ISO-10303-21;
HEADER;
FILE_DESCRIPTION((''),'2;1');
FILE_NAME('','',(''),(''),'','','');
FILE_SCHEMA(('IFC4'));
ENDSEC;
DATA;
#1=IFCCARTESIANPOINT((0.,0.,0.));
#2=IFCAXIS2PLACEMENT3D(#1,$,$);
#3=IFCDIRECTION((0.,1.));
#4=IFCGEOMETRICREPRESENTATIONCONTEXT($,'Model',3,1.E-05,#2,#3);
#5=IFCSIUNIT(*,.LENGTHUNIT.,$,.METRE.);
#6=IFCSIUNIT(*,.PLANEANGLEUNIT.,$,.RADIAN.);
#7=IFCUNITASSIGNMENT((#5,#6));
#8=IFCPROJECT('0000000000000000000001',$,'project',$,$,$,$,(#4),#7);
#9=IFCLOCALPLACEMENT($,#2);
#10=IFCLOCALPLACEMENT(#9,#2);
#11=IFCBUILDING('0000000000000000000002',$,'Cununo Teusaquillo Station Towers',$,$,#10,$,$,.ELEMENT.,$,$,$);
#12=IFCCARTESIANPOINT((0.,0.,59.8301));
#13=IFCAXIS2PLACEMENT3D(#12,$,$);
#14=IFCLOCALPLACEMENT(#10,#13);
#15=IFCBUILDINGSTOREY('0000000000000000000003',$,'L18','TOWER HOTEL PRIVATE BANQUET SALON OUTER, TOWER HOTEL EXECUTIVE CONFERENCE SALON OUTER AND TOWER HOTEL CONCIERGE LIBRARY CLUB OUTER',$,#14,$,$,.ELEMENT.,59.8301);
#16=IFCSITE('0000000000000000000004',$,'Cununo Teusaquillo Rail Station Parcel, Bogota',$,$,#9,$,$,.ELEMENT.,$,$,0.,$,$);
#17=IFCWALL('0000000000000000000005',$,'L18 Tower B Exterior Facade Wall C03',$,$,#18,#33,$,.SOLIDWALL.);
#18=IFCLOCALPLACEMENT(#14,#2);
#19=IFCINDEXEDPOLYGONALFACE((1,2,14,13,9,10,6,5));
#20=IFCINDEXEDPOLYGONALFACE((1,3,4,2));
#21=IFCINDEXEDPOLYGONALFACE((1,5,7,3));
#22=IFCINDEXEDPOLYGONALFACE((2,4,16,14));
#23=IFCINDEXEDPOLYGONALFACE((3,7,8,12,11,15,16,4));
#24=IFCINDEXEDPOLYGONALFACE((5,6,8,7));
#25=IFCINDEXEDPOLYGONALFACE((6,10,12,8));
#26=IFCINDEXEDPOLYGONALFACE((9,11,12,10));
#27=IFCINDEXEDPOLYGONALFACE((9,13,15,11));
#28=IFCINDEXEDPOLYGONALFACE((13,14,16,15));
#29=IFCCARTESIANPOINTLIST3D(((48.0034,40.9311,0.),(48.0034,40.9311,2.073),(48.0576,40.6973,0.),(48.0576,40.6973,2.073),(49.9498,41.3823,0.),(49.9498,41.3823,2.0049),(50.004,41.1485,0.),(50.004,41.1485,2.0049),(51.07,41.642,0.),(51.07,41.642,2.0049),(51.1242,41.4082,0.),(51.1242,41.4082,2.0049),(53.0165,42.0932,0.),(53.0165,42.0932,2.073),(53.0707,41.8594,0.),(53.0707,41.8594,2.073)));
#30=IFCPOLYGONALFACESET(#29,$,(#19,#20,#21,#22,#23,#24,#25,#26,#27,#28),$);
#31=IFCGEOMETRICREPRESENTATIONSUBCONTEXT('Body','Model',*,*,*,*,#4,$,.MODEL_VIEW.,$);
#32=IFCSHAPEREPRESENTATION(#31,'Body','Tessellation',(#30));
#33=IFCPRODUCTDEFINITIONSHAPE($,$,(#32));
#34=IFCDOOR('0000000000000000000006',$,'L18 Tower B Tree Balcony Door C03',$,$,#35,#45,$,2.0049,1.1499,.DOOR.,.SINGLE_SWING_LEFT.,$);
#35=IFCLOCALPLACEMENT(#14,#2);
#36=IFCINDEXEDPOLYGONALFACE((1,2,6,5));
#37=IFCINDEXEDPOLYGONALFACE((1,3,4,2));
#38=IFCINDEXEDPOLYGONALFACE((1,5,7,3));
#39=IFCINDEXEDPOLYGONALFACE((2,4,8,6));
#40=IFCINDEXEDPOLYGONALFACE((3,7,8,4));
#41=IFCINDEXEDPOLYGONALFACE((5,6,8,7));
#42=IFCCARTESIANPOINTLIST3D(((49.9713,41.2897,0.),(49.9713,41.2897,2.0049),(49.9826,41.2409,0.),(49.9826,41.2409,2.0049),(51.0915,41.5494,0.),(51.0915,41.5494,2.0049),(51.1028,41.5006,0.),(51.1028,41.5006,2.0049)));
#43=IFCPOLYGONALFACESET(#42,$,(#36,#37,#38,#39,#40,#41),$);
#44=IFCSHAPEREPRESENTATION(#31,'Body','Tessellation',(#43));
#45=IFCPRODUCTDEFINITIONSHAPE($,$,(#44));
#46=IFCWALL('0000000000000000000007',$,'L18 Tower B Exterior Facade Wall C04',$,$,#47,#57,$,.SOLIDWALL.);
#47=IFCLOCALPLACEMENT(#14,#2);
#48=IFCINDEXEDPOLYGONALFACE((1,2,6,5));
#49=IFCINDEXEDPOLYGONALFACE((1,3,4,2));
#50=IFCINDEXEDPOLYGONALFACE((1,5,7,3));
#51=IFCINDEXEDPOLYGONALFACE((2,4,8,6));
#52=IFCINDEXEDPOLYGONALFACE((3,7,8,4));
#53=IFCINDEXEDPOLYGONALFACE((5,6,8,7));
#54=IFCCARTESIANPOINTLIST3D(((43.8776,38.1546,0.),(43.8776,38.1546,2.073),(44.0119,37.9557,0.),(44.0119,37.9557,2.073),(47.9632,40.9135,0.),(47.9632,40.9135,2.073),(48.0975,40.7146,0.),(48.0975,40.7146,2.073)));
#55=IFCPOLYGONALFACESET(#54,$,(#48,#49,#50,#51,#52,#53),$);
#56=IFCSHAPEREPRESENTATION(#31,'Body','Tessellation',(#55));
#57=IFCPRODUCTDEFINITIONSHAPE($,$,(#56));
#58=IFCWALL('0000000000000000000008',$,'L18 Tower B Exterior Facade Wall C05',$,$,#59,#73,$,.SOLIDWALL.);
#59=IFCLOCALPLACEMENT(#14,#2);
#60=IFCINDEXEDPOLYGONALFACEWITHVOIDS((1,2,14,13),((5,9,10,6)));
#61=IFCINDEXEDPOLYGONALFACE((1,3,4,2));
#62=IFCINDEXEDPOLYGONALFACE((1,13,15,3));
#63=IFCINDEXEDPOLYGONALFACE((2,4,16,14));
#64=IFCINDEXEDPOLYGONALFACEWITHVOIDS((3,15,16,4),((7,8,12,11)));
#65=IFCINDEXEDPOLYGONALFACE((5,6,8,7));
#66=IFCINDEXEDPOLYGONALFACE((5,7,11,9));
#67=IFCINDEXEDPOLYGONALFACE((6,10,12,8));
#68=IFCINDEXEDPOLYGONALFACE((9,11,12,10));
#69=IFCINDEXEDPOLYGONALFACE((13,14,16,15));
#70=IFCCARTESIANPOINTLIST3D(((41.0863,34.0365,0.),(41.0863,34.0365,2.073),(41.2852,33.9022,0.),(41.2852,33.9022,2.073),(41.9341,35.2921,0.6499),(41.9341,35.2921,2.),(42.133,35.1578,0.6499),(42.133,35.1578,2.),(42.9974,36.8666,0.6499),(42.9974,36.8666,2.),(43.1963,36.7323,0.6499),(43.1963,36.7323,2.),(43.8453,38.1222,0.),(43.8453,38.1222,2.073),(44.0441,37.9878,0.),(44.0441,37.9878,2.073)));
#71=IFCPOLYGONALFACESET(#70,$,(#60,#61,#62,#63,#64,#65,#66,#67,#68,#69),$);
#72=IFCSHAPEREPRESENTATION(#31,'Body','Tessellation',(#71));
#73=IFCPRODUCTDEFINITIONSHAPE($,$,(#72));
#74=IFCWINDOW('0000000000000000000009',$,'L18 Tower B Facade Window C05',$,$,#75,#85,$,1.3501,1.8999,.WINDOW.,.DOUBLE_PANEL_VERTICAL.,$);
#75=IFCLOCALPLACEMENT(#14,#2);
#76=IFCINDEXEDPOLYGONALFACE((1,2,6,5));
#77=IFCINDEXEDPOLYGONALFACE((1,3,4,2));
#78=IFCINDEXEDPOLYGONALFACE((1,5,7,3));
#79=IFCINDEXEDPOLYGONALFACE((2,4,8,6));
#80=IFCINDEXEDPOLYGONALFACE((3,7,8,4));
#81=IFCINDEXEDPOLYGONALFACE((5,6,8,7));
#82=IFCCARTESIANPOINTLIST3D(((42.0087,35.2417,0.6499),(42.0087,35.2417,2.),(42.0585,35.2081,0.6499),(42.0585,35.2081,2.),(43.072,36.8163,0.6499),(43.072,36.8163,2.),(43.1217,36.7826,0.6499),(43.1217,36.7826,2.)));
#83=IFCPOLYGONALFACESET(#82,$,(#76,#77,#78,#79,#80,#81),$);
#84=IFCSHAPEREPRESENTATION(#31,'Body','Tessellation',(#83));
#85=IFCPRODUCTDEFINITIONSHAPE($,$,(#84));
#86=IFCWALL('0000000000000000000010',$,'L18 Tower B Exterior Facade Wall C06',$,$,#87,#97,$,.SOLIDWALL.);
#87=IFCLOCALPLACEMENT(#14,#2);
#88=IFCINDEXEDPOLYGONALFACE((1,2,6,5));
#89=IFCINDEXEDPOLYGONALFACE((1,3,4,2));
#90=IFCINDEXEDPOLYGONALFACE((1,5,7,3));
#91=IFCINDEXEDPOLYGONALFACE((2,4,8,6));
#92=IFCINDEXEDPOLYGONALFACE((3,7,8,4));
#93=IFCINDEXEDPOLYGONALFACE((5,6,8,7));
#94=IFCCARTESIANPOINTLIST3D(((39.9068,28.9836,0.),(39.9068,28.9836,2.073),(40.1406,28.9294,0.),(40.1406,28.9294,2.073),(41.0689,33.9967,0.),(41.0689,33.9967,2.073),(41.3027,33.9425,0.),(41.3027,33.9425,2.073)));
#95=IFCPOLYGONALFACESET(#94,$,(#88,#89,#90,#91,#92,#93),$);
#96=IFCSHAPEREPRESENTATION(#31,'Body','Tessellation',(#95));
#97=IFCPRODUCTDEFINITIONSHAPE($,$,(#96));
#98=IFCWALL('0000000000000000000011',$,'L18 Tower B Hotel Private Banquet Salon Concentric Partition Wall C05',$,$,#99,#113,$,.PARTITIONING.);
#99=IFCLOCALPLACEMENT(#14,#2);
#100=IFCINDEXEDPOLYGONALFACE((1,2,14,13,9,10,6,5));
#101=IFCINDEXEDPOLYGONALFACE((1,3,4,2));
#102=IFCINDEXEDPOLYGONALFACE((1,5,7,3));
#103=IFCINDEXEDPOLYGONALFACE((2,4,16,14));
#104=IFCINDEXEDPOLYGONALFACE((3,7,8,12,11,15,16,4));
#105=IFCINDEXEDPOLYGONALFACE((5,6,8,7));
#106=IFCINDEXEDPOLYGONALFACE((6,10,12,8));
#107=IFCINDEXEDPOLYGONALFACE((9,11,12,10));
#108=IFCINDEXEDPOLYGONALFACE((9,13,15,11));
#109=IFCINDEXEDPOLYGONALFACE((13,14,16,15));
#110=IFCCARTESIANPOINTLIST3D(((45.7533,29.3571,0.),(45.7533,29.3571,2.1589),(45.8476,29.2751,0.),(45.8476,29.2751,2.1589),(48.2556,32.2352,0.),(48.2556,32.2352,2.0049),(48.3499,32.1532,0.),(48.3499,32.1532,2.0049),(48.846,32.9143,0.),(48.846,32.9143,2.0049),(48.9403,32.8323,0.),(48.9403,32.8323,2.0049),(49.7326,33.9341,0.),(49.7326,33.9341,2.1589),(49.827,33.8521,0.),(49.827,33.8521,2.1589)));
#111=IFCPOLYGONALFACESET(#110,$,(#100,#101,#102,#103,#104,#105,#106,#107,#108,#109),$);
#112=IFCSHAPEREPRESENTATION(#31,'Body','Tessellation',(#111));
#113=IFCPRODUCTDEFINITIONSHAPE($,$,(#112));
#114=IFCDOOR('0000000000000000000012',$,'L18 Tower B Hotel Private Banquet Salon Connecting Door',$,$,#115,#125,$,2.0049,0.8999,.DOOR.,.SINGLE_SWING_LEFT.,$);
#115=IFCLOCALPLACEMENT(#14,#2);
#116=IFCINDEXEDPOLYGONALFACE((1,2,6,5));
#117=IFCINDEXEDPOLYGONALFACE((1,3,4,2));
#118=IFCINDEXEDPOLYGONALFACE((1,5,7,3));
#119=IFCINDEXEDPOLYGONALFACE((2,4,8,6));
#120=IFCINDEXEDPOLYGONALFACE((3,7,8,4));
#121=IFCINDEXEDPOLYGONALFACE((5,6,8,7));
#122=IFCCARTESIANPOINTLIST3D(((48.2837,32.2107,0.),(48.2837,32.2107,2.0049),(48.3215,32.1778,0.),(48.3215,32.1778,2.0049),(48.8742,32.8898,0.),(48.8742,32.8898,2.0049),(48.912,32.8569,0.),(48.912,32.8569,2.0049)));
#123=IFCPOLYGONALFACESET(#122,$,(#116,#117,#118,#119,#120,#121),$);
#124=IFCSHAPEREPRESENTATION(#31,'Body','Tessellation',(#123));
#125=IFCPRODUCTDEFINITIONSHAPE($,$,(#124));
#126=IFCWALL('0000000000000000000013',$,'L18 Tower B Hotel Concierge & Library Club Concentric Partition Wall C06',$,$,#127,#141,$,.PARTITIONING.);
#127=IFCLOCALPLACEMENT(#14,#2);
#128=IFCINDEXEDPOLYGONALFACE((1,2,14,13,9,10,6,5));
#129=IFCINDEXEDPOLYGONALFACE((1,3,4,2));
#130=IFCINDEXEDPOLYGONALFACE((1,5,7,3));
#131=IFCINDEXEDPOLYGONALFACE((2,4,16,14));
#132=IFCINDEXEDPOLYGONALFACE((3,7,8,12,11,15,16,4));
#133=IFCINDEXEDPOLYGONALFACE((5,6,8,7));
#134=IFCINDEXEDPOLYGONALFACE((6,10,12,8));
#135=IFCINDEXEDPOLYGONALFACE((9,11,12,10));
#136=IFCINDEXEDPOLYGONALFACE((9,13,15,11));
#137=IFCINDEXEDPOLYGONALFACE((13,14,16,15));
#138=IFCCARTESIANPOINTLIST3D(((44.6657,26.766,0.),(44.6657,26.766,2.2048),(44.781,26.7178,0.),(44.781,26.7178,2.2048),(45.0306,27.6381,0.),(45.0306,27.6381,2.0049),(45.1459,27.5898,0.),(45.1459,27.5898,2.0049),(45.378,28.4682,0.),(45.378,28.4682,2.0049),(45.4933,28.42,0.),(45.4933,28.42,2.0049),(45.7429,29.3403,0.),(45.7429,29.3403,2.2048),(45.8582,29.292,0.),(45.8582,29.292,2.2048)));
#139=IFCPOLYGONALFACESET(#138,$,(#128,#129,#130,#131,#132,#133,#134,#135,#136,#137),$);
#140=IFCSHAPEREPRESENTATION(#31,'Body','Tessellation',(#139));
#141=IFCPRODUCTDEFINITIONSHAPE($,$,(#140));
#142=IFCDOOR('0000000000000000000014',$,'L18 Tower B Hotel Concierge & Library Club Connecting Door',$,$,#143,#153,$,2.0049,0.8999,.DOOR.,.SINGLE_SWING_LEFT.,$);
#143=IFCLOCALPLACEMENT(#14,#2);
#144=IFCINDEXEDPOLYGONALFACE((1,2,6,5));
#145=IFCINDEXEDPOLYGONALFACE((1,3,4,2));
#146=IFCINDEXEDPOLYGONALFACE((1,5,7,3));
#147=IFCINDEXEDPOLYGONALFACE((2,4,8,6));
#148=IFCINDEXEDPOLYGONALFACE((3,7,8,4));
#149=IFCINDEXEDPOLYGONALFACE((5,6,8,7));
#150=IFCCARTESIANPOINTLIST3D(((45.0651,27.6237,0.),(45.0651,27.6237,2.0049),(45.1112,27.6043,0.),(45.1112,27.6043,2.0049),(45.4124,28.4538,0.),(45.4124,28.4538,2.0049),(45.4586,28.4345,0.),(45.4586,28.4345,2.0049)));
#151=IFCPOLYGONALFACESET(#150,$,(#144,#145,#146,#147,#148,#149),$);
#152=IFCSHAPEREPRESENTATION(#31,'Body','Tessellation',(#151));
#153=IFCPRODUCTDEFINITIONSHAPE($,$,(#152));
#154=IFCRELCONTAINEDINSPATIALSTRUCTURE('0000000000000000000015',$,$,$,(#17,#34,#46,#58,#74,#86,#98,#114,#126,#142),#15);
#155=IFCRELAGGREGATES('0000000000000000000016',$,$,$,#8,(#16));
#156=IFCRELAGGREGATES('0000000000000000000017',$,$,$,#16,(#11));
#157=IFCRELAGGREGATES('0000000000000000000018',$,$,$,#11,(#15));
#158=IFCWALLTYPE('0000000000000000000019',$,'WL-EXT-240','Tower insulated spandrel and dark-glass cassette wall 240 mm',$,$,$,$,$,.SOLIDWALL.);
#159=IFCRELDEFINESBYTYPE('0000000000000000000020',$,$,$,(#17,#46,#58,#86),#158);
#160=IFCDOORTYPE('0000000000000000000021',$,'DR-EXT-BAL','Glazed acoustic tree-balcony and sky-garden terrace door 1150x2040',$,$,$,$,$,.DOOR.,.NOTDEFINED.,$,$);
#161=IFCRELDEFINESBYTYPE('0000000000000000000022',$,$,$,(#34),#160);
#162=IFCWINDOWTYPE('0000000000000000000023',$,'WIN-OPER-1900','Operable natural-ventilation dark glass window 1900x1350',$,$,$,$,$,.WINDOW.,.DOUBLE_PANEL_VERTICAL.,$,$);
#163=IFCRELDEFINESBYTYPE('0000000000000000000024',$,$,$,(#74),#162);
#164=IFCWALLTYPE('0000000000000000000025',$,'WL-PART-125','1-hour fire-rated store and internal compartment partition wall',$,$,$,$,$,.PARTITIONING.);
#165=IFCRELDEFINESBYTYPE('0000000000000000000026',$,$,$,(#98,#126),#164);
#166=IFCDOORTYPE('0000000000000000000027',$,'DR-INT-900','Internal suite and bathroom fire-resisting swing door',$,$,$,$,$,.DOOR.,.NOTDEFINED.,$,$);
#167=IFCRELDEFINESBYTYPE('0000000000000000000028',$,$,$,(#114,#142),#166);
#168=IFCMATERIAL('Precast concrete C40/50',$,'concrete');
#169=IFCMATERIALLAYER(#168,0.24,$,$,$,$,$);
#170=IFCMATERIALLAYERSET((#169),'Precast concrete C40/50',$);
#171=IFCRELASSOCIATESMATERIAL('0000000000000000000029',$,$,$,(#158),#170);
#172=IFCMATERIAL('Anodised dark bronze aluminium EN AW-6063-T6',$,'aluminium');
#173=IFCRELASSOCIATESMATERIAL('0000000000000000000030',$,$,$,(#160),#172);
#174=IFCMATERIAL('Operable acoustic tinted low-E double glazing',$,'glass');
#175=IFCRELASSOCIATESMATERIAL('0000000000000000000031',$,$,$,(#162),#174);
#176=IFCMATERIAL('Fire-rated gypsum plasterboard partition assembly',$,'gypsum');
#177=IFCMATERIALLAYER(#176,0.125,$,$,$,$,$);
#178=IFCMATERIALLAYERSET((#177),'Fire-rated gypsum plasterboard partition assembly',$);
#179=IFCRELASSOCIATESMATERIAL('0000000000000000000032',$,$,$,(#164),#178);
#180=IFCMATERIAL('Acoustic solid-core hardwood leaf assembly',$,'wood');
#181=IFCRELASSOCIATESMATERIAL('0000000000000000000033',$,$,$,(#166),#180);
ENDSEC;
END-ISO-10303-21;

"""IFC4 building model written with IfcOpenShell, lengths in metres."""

from ifc_helpers import new_model, si_unit, direction, frame, frame_2d, origin, place, context, subcontext, project, spatial, rectangle, extrude, source, transform, mapped, material, layer, layer_set, type_object, element, fill, save


model = new_model("IFC4")

# Units and contexts
model_context = context("Model", 3, precision=1e-05, world=origin(), true_north=direction((0.0, 1.0)))
body_context = subcontext(model_context, "Body", "Model", "MODEL_VIEW")
ifc_project = project(units=[si_unit("LENGTHUNIT", "METRE"), si_unit("PLANEANGLEUNIT", "RADIAN")], contexts=[model_context])

# Site, building, storey
site_placement = place(None, origin())
site = spatial("IfcSite", under=ifc_project, at=site_placement, Name="Cununo Teusaquillo Rail Station Parcel, Bogota", CompositionType="ELEMENT", RefElevation=0.0)
building_placement = place(site_placement, origin())
building = spatial("IfcBuilding", under=site, at=building_placement, Name="Cununo Teusaquillo Station Towers", CompositionType="ELEMENT")
storey_placement = place(building_placement, frame((0.0, 0.0, 59.8301)))
storey = spatial("IfcBuildingStorey", under=building, at=storey_placement, Name="L18", Description="TOWER HOTEL PRIVATE BANQUET SALON OUTER, TOWER HOTEL EXECUTIVE CONFERENCE SALON OUTER AND TOWER HOTEL CONCIERGE LIBRARY CLUB OUTER", CompositionType="ELEMENT", Elevation=59.8301)

# Wall, opening, door
ifc_material_1 = material(Name="Precast concrete C40/50", Category="concrete")
ifc_layer_1 = layer(ifc_material_1, 0.24)
ifc_layer_set_1 = layer_set([ifc_layer_1], Name="Precast concrete C40/50")
wall_type_1 = type_object("IfcWallType", Name="WL-EXT-240", Description="Tower insulated spandrel and dark-glass cassette wall 240 mm", PredefinedType="SOLIDWALL", material=ifc_layer_set_1)
wall_1_placement = place(storey_placement, frame((48.0305, 40.8142, 0.0), z_axis=(0.0, 0.0, 1.0), x_axis=(0.974166, 0.225833, 0.0)))
wall_1 = element("IfcWall", 1, at=wall_1_placement, inside=storey, type_object=wall_type_1, Name="L18 Tower B Exterior Facade Wall C03", PredefinedType="SOLIDWALL", context=body_context, shape_type="SweptSolid", body=[
    extrude(rectangle(XDim=5.146, YDim=0.24, at=frame_2d((2.573, 0.0))), origin(), (0.0, 0.0, 1.0), 2.073),
])
shared_shape_1 = source(origin(), body_context, "Body", "SweptSolid", [
    extrude(rectangle(XDim=1.1499, YDim=2.0049, at=frame_2d((0.575, 1.0024))), frame((0.0, 0.1299, 0.0), z_axis=(0.0, -1.0, 0.0), x_axis=(1.0, 0.0, 0.0)), (0.0, 0.0, 1.0), 0.26),
])
opening_1_placement = place(wall_1_placement, frame((1.998, 0.0, 0.0)))
opening_1 = element("IfcOpeningElement", 2, at=opening_1_placement, cuts=wall_1, PredefinedType="OPENING", context=body_context, shape_type="MappedRepresentation", body=[
    mapped(shared_shape_1, transform((0.0, 0.0, 0.0), x_axis=(1.0, 0.0, 0.0), y_axis=(0.0, 1.0, 0.0), z_axis=(0.0, 0.0, 1.0), scale=1.0)),
])
ifc_material_2 = material(Name="Anodised dark bronze aluminium EN AW-6063-T6", Category="aluminium")
door_type_1 = type_object("IfcDoorType", Name="DR-EXT-BAL", Description="Glazed acoustic tree-balcony and sky-garden terrace door 1150x2040", OperationType="NOTDEFINED", PredefinedType="DOOR", material=ifc_material_2)
shared_shape_2 = source(origin(), body_context, "Body", "SweptSolid", [
    extrude(rectangle(XDim=1.1499, YDim=2.0049, at=frame_2d((0.575, 1.0024))), frame((0.0, 0.0249, 0.0), z_axis=(0.0, -1.0, 0.0), x_axis=(1.0, 0.0, 0.0)), (0.0, 0.0, 1.0), 0.05),
])
door_1_placement = place(opening_1_placement, origin())
door_1 = element("IfcDoor", 3, at=door_1_placement, inside=storey, type_object=door_type_1, Name="L18 Tower B Tree Balcony Door C03", OperationType="SINGLE_SWING_LEFT", OverallHeight=2.0049, OverallWidth=1.1499, PredefinedType="DOOR", context=body_context, shape_type="MappedRepresentation", body=[
    mapped(shared_shape_2, transform((0.0, 0.0, 0.0), x_axis=(1.0, 0.0, 0.0), y_axis=(0.0, 1.0, 0.0), z_axis=(0.0, 0.0, 1.0), scale=1.0)),
])
fill(opening_1, door_1)

# Wall
wall_2_placement = place(storey_placement, frame((43.9448, 38.0552, 0.0), z_axis=(0.0, 0.0, 1.0), x_axis=(0.828737, 0.559639, 0.0)))
element("IfcWall", 4, at=wall_2_placement, inside=storey, type_object=wall_type_1, Name="L18 Tower B Exterior Facade Wall C04", PredefinedType="SOLIDWALL", context=body_context, shape_type="SweptSolid", body=[
    extrude(rectangle(XDim=4.9299, YDim=0.24, at=frame_2d((2.4648, 0.0))), origin(), (0.0, 0.0, 1.0), 2.073),
])

# Wall, opening, window
wall_3_placement = place(storey_placement, frame((41.1858, 33.9695, 0.0), z_axis=(0.0, 0.0, 1.0), x_axis=(0.559639, 0.828737, 0.0)))
wall_3 = element("IfcWall", 5, at=wall_3_placement, inside=storey, type_object=wall_type_1, Name="L18 Tower B Exterior Facade Wall C05", PredefinedType="SOLIDWALL", context=body_context, shape_type="SweptSolid", body=[
    extrude(rectangle(XDim=4.9299, YDim=0.24, at=frame_2d((2.4648, 0.0))), origin(), (0.0, 0.0, 1.0), 2.073),
])
shared_shape_3 = source(origin(), body_context, "Body", "SweptSolid", [
    extrude(rectangle(XDim=1.8999, YDim=1.3501, at=frame_2d((0.95, 0.675))), frame((0.0, 0.1299, 0.0), z_axis=(0.0, -1.0, 0.0), x_axis=(1.0, 0.0, 0.0)), (0.0, 0.0, 1.0), 0.26),
])
opening_2_placement = place(wall_3_placement, frame((1.5149, 0.0, 0.6499)))
opening_2 = element("IfcOpeningElement", 6, at=opening_2_placement, cuts=wall_3, PredefinedType="OPENING", context=body_context, shape_type="MappedRepresentation", body=[
    mapped(shared_shape_3, transform((0.0, 0.0, 0.0), x_axis=(1.0, 0.0, 0.0), y_axis=(0.0, 1.0, 0.0), z_axis=(0.0, 0.0, 1.0), scale=1.0)),
])
ifc_material_3 = material(Name="Operable acoustic tinted low-E double glazing", Category="glass")
window_type = type_object("IfcWindowType", Name="WIN-OPER-1900", Description="Operable natural-ventilation dark glass window 1900x1350", PartitioningType="DOUBLE_PANEL_VERTICAL", PredefinedType="WINDOW", material=ifc_material_3)
shared_shape_4 = source(origin(), body_context, "Body", "SweptSolid", [
    extrude(rectangle(XDim=1.8999, YDim=1.3501, at=frame_2d((0.95, 0.675))), frame((0.0, 0.03, 0.0), z_axis=(0.0, -1.0, 0.0), x_axis=(1.0, 0.0, 0.0)), (0.0, 0.0, 1.0), 0.0601),
])
window_placement = place(opening_2_placement, origin())
window = element("IfcWindow", 7, at=window_placement, inside=storey, type_object=window_type, Name="L18 Tower B Facade Window C05", OverallHeight=1.3501, OverallWidth=1.8999, PartitioningType="DOUBLE_PANEL_VERTICAL", PredefinedType="WINDOW", context=body_context, shape_type="MappedRepresentation", body=[
    mapped(shared_shape_4, transform((0.0, 0.0, 0.0), x_axis=(1.0, 0.0, 0.0), y_axis=(0.0, 1.0, 0.0), z_axis=(0.0, 0.0, 1.0), scale=1.0)),
])
fill(opening_2, window)

# Wall
wall_4_placement = place(storey_placement, frame((40.0237, 28.9565, 0.0), z_axis=(0.0, 0.0, 1.0), x_axis=(0.225833, 0.974166, 0.0)))
element("IfcWall", 8, at=wall_4_placement, inside=storey, type_object=wall_type_1, Name="L18 Tower B Exterior Facade Wall C06", PredefinedType="SOLIDWALL", context=body_context, shape_type="SweptSolid", body=[
    extrude(rectangle(XDim=5.146, YDim=0.24, at=frame_2d((2.573, 0.0))), origin(), (0.0, 0.0, 1.0), 2.073),
])

# Walls, openings, doors
ifc_material_4 = material(Name="Fire-rated gypsum plasterboard partition assembly", Category="gypsum")
ifc_layer_2 = layer(ifc_material_4, 0.125)
ifc_layer_set_2 = layer_set([ifc_layer_2], Name="Fire-rated gypsum plasterboard partition assembly")
wall_type_2 = type_object("IfcWallType", Name="WL-PART-125", Description="1-hour fire-rated store and internal compartment partition wall", PredefinedType="PARTITIONING", material=ifc_layer_set_2)
wall_5_placement = place(storey_placement, frame((49.7798, 33.8931, 0.0), z_axis=(0.0, 0.0, 1.0), x_axis=(-0.656116, -0.75466, 0.0)))
wall_5 = element("IfcWall", 9, at=wall_5_placement, inside=storey, type_object=wall_type_2, Name="L18 Tower B Hotel Private Banquet Salon Concentric Partition Wall C05", PredefinedType="PARTITIONING", context=body_context, shape_type="SweptSolid", body=[
    extrude(rectangle(XDim=6.0649, YDim=0.125, at=frame_2d((3.0325, 0.0))), origin(), (0.0, 0.0, 1.0), 2.1589),
])
shared_shape_5 = source(origin(), body_context, "Body", "SweptSolid", [
    extrude(rectangle(XDim=0.8999, YDim=2.0049, at=frame_2d((0.45, 1.0024))), frame((0.0, 0.0725, 0.0), z_axis=(0.0, -1.0, 0.0), x_axis=(1.0, 0.0, 0.0)), (0.0, 0.0, 1.0), 0.145),
])
opening_3_placement = place(wall_5_placement, frame((1.3513, 0.0, 0.0)))
opening_3 = element("IfcOpeningElement", 10, at=opening_3_placement, cuts=wall_5, PredefinedType="OPENING", context=body_context, shape_type="MappedRepresentation", body=[
    mapped(shared_shape_5, transform((0.0, 0.0, 0.0), x_axis=(1.0, 0.0, 0.0), y_axis=(0.0, 1.0, 0.0), z_axis=(0.0, 0.0, 1.0), scale=1.0)),
])
ifc_material_5 = material(Name="Acoustic solid-core hardwood leaf assembly", Category="wood")
door_type_2 = type_object("IfcDoorType", Name="DR-INT-900", Description="Internal suite and bathroom fire-resisting swing door", OperationType="NOTDEFINED", PredefinedType="DOOR", material=ifc_material_5)
shared_shape_6 = source(origin(), body_context, "Body", "SweptSolid", [
    extrude(rectangle(XDim=0.8999, YDim=2.0049, at=frame_2d((0.45, 1.0024))), frame((0.0, 0.0249, 0.0), z_axis=(0.0, -1.0, 0.0), x_axis=(1.0, 0.0, 0.0)), (0.0, 0.0, 1.0), 0.05),
])
door_2_placement = place(opening_3_placement, origin())
door_2 = element("IfcDoor", 11, at=door_2_placement, inside=storey, type_object=door_type_2, Name="L18 Tower B Hotel Private Banquet Salon Connecting Door", OperationType="SINGLE_SWING_LEFT", OverallHeight=2.0049, OverallWidth=0.8999, PredefinedType="DOOR", context=body_context, shape_type="MappedRepresentation", body=[
    mapped(shared_shape_6, transform((0.0, 0.0, 0.0), x_axis=(1.0, 0.0, 0.0), y_axis=(0.0, 1.0, 0.0), z_axis=(0.0, 0.0, 1.0), scale=1.0)),
])
fill(opening_3, door_2)
wall_6_placement = place(storey_placement, frame((45.8005, 29.3162, 0.0), z_axis=(0.0, 0.0, 1.0), x_axis=(-0.386007, -0.922496, 0.0)))
wall_6 = element("IfcWall", 12, at=wall_6_placement, inside=storey, type_object=wall_type_2, Name="L18 Tower B Hotel Concierge & Library Club Concentric Partition Wall C06", PredefinedType="PARTITIONING", context=body_context, shape_type="SweptSolid", body=[
    extrude(rectangle(XDim=2.7905, YDim=0.125, at=frame_2d((1.3953, 0.0))), origin(), (0.0, 0.0, 1.0), 2.2048),
])
opening_4_placement = place(wall_6_placement, frame((0.9453, 0.0, 0.0)))
opening_4 = element("IfcOpeningElement", 13, at=opening_4_placement, cuts=wall_6, PredefinedType="OPENING", context=body_context, shape_type="MappedRepresentation", body=[
    mapped(shared_shape_5, transform((0.0, 0.0, 0.0), x_axis=(1.0, 0.0, 0.0), y_axis=(0.0, 1.0, 0.0), z_axis=(0.0, 0.0, 1.0), scale=1.0)),
])
door_3_placement = place(opening_4_placement, origin())
door_3 = element("IfcDoor", 14, at=door_3_placement, inside=storey, type_object=door_type_2, Name="L18 Tower B Hotel Concierge & Library Club Connecting Door", OperationType="SINGLE_SWING_LEFT", OverallHeight=2.0049, OverallWidth=0.8999, PredefinedType="DOOR", context=body_context, shape_type="MappedRepresentation", body=[
    mapped(shared_shape_6, transform((0.0, 0.0, 0.0), x_axis=(1.0, 0.0, 0.0), y_axis=(0.0, 1.0, 0.0), z_axis=(0.0, 0.0, 1.0), scale=1.0)),
])
fill(opening_4, door_3)

save(model, "model.ifc")
